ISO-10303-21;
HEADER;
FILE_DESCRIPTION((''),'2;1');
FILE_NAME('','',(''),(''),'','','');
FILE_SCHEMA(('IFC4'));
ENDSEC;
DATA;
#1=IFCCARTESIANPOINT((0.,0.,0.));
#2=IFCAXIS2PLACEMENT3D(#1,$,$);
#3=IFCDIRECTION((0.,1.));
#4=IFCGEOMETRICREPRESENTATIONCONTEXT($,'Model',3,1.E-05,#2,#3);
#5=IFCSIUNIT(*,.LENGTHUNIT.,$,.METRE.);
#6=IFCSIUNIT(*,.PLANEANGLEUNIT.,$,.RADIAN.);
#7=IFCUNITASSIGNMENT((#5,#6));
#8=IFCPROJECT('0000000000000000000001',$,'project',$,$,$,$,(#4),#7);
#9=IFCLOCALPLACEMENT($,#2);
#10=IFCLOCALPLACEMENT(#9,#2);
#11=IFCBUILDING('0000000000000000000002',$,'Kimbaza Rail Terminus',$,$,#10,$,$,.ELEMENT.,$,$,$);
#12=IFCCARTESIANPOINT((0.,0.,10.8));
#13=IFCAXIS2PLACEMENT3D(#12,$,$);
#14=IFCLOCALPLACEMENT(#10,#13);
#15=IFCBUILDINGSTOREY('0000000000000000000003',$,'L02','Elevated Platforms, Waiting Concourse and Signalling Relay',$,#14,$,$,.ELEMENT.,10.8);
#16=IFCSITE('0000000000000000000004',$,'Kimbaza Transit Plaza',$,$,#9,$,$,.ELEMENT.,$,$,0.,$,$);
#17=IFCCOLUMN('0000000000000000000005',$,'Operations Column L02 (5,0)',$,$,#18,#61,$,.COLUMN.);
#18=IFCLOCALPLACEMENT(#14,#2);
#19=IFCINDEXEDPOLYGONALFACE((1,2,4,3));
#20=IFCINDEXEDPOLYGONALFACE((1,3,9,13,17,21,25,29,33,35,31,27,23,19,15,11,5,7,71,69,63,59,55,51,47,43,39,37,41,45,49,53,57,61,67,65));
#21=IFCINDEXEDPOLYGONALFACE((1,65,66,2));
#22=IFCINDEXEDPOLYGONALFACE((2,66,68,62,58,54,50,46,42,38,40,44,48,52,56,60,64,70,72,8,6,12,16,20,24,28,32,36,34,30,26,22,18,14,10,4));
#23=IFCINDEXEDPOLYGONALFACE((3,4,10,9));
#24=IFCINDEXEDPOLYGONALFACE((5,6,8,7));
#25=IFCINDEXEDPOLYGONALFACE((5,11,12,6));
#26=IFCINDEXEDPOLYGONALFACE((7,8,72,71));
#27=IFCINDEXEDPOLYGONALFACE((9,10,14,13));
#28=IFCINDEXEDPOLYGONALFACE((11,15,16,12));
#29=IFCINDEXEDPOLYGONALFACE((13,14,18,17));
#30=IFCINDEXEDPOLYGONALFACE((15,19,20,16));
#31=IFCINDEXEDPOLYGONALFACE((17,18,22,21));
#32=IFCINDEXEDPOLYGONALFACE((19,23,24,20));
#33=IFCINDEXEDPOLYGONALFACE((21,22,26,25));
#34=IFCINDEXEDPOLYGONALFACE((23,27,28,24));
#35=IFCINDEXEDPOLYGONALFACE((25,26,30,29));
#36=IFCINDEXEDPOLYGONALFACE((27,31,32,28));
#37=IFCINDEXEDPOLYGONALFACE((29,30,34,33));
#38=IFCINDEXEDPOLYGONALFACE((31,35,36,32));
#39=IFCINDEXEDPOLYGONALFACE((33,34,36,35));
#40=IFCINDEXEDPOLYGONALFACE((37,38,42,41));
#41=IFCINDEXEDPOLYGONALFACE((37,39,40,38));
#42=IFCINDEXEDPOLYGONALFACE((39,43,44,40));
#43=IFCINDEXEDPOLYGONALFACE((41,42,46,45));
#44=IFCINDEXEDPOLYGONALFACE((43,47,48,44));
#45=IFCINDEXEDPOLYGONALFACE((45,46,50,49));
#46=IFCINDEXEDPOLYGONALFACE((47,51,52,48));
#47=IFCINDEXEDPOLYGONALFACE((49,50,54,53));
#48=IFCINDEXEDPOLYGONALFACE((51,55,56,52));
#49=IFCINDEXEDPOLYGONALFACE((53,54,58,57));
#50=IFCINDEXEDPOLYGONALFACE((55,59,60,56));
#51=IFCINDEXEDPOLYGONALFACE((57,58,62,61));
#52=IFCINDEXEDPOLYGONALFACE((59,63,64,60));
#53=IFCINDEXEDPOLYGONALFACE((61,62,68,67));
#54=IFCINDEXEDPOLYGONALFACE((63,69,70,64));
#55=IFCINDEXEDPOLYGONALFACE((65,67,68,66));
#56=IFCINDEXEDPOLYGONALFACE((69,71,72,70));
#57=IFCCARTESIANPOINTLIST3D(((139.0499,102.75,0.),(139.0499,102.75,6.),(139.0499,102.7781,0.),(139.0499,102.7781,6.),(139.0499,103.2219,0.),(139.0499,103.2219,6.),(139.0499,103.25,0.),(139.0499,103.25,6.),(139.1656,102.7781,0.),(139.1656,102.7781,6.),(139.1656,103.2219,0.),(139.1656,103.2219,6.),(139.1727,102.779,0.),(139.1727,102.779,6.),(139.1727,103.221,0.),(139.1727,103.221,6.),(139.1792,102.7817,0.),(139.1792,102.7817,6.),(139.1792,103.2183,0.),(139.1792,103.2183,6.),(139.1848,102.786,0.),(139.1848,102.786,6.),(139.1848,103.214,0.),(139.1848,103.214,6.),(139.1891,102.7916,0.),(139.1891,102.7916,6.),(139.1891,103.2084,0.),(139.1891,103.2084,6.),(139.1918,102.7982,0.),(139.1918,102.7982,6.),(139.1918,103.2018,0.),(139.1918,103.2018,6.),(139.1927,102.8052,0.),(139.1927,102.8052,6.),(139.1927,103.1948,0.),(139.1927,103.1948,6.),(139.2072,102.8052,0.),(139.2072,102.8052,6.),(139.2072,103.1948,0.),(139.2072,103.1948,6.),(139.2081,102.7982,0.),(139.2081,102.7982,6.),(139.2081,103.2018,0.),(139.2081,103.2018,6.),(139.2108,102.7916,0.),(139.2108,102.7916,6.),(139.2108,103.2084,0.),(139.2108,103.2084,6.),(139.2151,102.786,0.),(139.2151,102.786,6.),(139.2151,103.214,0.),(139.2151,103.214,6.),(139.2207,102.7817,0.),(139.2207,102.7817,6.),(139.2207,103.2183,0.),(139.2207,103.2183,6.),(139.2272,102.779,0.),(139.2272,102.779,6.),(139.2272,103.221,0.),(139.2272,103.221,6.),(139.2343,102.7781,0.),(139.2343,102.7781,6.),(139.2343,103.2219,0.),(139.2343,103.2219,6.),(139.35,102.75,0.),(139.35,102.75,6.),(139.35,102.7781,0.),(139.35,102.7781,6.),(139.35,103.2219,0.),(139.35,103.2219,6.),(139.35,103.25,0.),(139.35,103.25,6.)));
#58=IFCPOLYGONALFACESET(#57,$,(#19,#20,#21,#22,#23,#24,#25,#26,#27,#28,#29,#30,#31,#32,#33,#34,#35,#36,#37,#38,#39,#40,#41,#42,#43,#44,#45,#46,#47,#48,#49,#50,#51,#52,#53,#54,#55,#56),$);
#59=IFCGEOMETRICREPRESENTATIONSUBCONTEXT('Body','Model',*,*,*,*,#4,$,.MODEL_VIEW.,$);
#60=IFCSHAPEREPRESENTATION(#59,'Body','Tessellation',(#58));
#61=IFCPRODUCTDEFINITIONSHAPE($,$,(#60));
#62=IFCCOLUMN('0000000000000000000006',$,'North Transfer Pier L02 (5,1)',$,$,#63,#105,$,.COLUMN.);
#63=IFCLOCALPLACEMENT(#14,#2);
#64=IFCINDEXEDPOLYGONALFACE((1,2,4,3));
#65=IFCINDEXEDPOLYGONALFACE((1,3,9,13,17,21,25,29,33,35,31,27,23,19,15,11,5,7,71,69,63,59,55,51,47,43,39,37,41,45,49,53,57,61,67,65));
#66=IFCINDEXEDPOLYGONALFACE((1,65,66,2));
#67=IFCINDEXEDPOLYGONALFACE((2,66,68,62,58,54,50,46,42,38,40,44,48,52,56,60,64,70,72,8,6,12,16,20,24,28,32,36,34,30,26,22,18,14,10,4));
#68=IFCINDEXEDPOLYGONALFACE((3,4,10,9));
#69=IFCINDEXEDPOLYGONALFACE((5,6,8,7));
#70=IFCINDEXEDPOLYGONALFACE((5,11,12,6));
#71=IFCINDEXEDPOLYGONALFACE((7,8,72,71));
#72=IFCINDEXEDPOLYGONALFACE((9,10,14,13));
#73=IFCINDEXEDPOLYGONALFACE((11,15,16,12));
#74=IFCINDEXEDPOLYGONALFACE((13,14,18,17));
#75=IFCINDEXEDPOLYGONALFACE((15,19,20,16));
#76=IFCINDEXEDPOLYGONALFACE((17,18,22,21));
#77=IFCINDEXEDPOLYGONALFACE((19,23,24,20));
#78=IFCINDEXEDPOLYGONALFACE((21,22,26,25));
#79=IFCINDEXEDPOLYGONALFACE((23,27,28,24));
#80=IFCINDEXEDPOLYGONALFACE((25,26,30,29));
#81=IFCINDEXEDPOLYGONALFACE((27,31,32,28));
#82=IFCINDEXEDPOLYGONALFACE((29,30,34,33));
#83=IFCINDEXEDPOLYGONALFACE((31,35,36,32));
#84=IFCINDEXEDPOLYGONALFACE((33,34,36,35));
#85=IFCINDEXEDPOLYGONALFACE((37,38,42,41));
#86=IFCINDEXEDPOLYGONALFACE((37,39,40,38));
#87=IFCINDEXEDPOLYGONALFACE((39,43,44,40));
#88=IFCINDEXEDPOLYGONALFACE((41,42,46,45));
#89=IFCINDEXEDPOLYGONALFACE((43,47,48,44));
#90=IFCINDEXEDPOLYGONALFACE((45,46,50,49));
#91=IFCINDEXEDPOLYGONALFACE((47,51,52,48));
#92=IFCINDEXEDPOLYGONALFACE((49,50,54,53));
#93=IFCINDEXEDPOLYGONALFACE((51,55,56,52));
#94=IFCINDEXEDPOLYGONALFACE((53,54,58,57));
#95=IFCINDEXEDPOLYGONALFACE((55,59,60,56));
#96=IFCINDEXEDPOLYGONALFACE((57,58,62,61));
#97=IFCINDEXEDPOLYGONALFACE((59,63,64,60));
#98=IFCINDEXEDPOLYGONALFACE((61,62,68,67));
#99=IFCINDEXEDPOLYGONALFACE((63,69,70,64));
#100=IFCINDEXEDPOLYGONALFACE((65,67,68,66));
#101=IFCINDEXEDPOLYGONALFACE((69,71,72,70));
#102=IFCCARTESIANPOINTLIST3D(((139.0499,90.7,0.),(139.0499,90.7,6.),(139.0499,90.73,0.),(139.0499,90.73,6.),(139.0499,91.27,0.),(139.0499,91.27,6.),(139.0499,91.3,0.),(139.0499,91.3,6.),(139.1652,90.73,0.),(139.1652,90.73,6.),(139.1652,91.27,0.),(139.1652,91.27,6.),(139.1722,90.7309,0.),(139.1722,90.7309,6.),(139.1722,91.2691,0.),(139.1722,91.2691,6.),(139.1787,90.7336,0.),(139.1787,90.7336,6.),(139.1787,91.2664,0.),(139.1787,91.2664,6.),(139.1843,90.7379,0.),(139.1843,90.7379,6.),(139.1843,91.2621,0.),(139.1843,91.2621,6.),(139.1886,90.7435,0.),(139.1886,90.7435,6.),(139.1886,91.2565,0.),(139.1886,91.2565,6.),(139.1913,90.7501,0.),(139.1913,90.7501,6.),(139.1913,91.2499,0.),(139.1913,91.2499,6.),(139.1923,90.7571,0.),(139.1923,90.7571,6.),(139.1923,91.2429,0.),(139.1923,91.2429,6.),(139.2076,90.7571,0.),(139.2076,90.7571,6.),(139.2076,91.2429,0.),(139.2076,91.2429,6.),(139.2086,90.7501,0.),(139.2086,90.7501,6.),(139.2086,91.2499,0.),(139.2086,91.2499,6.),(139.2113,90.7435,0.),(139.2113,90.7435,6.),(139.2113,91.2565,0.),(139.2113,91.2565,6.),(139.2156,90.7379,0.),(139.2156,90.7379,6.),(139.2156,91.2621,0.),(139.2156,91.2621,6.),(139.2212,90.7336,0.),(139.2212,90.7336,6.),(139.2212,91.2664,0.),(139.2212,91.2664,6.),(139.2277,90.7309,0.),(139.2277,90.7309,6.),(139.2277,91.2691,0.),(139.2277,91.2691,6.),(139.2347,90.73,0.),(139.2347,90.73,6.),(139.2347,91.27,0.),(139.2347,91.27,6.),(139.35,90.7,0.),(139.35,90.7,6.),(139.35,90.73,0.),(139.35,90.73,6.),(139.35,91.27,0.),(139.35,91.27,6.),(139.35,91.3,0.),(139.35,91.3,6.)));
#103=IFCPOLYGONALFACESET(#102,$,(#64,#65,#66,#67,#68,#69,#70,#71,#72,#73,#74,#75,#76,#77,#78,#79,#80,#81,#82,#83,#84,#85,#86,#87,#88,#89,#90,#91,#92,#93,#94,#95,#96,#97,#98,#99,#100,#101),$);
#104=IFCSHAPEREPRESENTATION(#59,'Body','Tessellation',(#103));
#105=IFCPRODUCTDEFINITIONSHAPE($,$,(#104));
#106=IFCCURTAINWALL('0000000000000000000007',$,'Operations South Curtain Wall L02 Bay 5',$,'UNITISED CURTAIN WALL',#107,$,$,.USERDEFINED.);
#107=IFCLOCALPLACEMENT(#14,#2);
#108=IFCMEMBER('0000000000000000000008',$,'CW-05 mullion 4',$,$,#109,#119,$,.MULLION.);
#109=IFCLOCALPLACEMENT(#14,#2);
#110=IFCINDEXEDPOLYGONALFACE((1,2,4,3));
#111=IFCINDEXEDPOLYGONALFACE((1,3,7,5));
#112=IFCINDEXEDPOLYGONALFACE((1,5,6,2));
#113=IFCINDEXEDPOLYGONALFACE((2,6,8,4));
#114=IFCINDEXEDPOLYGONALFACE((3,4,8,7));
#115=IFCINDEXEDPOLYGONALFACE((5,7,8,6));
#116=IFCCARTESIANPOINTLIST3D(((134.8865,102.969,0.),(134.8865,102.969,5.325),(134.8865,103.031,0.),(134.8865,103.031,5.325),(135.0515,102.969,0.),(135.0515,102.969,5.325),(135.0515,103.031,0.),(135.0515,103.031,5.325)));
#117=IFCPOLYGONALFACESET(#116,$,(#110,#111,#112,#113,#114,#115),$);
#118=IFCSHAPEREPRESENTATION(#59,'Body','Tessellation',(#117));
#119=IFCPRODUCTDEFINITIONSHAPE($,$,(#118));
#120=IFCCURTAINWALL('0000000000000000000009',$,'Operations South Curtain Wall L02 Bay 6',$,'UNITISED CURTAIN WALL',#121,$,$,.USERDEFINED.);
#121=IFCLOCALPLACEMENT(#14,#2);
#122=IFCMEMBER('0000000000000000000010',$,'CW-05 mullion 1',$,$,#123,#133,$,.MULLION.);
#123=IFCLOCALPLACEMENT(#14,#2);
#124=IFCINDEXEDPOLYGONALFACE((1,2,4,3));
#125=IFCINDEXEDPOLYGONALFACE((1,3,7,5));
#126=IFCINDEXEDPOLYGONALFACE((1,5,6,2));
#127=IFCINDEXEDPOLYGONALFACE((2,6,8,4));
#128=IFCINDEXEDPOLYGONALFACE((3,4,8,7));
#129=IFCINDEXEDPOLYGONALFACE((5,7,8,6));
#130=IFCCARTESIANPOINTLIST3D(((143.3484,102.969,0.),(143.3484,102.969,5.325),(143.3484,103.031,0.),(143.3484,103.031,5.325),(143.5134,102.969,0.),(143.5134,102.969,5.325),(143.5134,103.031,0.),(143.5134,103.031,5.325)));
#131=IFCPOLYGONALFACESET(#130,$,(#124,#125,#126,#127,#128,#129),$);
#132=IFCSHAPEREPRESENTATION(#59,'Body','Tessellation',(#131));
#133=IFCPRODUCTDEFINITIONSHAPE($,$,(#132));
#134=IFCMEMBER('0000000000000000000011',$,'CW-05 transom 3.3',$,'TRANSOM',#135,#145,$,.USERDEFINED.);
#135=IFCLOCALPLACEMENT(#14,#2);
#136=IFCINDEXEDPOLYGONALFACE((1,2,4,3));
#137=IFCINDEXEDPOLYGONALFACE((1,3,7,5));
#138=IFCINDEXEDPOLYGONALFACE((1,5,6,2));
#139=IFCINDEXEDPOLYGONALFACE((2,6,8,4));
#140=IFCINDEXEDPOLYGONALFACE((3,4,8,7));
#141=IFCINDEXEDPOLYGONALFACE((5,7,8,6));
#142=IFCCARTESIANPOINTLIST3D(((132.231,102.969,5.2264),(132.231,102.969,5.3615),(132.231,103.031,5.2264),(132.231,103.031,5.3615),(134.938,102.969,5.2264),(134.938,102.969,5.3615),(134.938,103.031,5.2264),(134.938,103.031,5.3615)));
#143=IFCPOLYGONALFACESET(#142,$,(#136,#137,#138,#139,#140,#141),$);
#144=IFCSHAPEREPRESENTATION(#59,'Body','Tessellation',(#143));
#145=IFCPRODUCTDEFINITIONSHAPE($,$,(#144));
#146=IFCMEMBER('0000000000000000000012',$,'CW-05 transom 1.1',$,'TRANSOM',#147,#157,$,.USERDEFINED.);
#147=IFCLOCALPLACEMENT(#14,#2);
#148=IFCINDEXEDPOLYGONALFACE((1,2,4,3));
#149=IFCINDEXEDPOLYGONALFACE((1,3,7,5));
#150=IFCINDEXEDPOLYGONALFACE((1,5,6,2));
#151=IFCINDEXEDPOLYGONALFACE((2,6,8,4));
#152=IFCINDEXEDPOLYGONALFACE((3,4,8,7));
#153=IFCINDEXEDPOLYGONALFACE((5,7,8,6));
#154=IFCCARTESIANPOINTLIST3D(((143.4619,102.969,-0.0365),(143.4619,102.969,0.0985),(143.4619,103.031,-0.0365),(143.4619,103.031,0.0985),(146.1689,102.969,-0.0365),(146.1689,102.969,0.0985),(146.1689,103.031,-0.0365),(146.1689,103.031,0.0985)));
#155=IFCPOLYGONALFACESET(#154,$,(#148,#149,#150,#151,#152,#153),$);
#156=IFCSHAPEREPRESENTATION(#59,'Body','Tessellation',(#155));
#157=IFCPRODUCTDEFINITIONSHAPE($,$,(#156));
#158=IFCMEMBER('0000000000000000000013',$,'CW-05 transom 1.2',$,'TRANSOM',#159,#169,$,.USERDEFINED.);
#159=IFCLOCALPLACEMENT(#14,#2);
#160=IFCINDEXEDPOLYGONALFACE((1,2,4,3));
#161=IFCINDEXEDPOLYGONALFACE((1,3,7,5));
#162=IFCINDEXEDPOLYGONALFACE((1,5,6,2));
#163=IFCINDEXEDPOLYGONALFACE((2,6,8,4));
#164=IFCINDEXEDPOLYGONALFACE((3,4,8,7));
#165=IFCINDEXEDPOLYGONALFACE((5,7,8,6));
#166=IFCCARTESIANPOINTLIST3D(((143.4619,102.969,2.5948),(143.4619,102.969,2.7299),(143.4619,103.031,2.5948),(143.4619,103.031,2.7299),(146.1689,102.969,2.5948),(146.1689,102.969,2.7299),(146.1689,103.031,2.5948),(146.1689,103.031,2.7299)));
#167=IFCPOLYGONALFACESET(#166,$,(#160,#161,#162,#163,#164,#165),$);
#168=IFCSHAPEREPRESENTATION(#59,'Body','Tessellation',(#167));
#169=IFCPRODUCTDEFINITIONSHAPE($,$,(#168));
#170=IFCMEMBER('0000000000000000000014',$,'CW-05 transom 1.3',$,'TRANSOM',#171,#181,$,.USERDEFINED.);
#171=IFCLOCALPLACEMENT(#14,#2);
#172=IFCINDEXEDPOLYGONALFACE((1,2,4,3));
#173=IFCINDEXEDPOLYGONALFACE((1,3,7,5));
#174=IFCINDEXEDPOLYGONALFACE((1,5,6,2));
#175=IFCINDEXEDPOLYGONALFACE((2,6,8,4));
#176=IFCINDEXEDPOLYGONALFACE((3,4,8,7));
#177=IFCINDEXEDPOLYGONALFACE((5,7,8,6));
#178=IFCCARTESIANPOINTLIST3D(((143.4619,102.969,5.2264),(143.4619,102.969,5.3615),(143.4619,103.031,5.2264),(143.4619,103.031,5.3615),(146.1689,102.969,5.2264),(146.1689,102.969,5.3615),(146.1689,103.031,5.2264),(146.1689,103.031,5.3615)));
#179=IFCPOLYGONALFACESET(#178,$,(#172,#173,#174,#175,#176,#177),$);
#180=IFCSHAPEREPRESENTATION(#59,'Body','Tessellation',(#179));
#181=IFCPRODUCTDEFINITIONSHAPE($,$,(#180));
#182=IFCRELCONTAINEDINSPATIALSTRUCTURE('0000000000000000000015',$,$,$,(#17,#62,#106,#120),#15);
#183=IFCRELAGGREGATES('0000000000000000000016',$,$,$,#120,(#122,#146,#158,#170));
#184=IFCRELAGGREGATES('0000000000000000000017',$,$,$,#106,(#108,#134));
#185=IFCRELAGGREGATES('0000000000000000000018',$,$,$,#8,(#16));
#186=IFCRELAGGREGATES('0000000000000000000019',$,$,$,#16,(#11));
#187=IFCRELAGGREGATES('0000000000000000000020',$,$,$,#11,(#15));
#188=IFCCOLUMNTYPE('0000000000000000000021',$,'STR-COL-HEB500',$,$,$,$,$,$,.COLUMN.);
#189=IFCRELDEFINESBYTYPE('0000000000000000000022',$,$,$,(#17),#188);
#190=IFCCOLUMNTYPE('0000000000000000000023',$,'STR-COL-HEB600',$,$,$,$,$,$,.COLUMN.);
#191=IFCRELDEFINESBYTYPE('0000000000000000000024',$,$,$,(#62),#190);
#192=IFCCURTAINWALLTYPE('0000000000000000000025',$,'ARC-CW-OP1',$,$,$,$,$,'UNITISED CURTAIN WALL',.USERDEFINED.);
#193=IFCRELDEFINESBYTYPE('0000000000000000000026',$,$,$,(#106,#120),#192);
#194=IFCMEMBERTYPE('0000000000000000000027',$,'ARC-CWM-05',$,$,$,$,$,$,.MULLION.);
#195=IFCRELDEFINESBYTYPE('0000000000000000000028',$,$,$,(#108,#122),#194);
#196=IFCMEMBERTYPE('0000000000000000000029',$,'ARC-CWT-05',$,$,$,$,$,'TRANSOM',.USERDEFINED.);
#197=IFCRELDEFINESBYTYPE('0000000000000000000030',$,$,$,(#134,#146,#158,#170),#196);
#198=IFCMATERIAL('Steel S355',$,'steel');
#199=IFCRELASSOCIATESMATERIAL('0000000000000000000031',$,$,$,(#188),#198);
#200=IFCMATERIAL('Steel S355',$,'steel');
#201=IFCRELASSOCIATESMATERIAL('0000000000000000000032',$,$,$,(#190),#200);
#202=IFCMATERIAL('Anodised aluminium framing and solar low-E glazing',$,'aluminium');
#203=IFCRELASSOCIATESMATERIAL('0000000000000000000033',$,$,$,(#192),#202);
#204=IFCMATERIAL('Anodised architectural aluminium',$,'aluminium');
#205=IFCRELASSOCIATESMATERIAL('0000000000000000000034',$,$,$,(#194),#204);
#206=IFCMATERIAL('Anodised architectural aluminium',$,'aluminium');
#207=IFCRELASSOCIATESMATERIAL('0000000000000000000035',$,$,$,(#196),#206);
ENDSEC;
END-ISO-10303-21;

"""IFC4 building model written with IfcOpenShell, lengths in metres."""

from ifc_helpers import new_model, si_unit, direction, frame, origin, origin_2d, place, context, subcontext, project, spatial, rectangle, i_section, extrude, material, material_profile, profile_set, type_object, element, aggregate, save


model = new_model("IFC4")

# Units and contexts
model_context = context("Model", 3, precision=1e-05, world=origin(), true_north=direction((0.0, 1.0)))
body_context = subcontext(model_context, "Body", "Model", "MODEL_VIEW")
ifc_project = project(units=[si_unit("LENGTHUNIT", "METRE"), si_unit("PLANEANGLEUNIT", "RADIAN")], contexts=[model_context])

# Site, building, storey
site_placement = place(None, origin())
site = spatial("IfcSite", under=ifc_project, at=site_placement, Name="Kimbaza Transit Plaza", CompositionType="ELEMENT", RefElevation=0.0)
building_placement = place(site_placement, origin())
building = spatial("IfcBuilding", under=site, at=building_placement, Name="Kimbaza Rail Terminus", CompositionType="ELEMENT")
storey_placement = place(building_placement, frame((0.0, 0.0, 10.8)))
storey = spatial("IfcBuildingStorey", under=building, at=storey_placement, Name="L02", Description="Elevated Platforms, Waiting Concourse and Signalling Relay", CompositionType="ELEMENT", Elevation=10.8)

# Columns
ifc_material_1 = material(Name="Steel S355", Category="steel")
ifc_material_profile_1 = material_profile(ifc_material_1, i_section(OverallWidth=0.3, OverallDepth=0.5, WebThickness=0.0144, FlangeThickness=0.0281, FilletRadius=0.0271, at=origin_2d()), Name="HEB 500")
ifc_profile_set_1 = profile_set([ifc_material_profile_1], Name="Steel S355")
column_type_1 = type_object("IfcColumnType", Name="STR-COL-HEB500", PredefinedType="COLUMN", material=ifc_profile_set_1)
column_1_placement = place(storey_placement, frame((139.2, 103.0, 0.0), z_axis=(0.0, 0.0, 1.0), x_axis=(1.0, 0.0, 0.0)))
element("IfcColumn", 1, at=column_1_placement, inside=storey, type_object=column_type_1, Name="Operations Column L02 (5,0)", PredefinedType="COLUMN", context=body_context, shape_type="SweptSolid", body=[
    extrude(i_section(OverallWidth=0.3, OverallDepth=0.5, WebThickness=0.0144, FlangeThickness=0.0281, FilletRadius=0.0271, at=origin_2d()), origin(), (0.0, 0.0, 1.0), 6.0),
])
ifc_material_2 = material(Name="Steel S355", Category="steel")
ifc_material_profile_2 = material_profile(ifc_material_2, i_section(OverallWidth=0.3, OverallDepth=0.6001, WebThickness=0.0154, FlangeThickness=0.03, FilletRadius=0.0271, at=origin_2d()), Name="HEB 600")
ifc_profile_set_2 = profile_set([ifc_material_profile_2], Name="Steel S355")
column_type_2 = type_object("IfcColumnType", Name="STR-COL-HEB600", PredefinedType="COLUMN", material=ifc_profile_set_2)
column_2_placement = place(storey_placement, frame((139.2, 91.0, 0.0), z_axis=(0.0, 0.0, 1.0), x_axis=(1.0, 0.0, 0.0)))
element("IfcColumn", 2, at=column_2_placement, inside=storey, type_object=column_type_2, Name="North Transfer Pier L02 (5,1)", PredefinedType="COLUMN", context=body_context, shape_type="SweptSolid", body=[
    extrude(i_section(OverallWidth=0.3, OverallDepth=0.6001, WebThickness=0.0154, FlangeThickness=0.03, FilletRadius=0.0271, at=origin_2d()), origin(), (0.0, 0.0, 1.0), 6.0),
])

# Curtain walls, members
ifc_material_3 = material(Name="Anodised aluminium framing and solar low-E glazing", Category="aluminium")
curtain_wall_type = type_object("IfcCurtainWallType", Name="ARC-CW-OP1", ElementType="UNITISED CURTAIN WALL", PredefinedType="USERDEFINED", material=ifc_material_3)
curtain_wall_1_placement = place(storey_placement, origin())
curtain_wall_1 = element("IfcCurtainWall", 3, at=curtain_wall_1_placement, inside=storey, type_object=curtain_wall_type, Name="Operations South Curtain Wall L02 Bay 5", ObjectType="UNITISED CURTAIN WALL", PredefinedType="USERDEFINED")
ifc_material_4 = material(Name="Anodised architectural aluminium", Category="aluminium")
ifc_material_profile_3 = material_profile(ifc_material_4, rectangle(XDim=0.062, YDim=0.165, at=origin_2d()), Name="MULLION 62x165")
ifc_profile_set_3 = profile_set([ifc_material_profile_3], Name="Anodised architectural aluminium")
member_type_1 = type_object("IfcMemberType", Name="ARC-CWM-05", PredefinedType="MULLION", material=ifc_profile_set_3)
member_1_placement = place(storey_placement, frame((134.969, 103.0, 0.0), z_axis=(0.0, 0.0, 1.0), x_axis=(0.0, 1.0, 0.0)))
member_1 = element("IfcMember", 4, at=member_1_placement, type_object=member_type_1, Name="CW-05 mullion 4", PredefinedType="MULLION", context=body_context, shape_type="SweptSolid", body=[
    extrude(rectangle(XDim=0.062, YDim=0.165, at=origin_2d()), origin(), (0.0, 0.0, 1.0), 5.325),
])
curtain_wall_2_placement = place(storey_placement, origin())
curtain_wall_2 = element("IfcCurtainWall", 5, at=curtain_wall_2_placement, inside=storey, type_object=curtain_wall_type, Name="Operations South Curtain Wall L02 Bay 6", ObjectType="UNITISED CURTAIN WALL", PredefinedType="USERDEFINED")
member_2_placement = place(storey_placement, frame((143.4309, 103.0, 0.0), z_axis=(0.0, 0.0, 1.0), x_axis=(0.0, 1.0, 0.0)))
member_2 = element("IfcMember", 6, at=member_2_placement, type_object=member_type_1, Name="CW-05 mullion 1", PredefinedType="MULLION", context=body_context, shape_type="SweptSolid", body=[
    extrude(rectangle(XDim=0.062, YDim=0.165, at=origin_2d()), origin(), (0.0, 0.0, 1.0), 5.325),
])

# Members
ifc_material_5 = material(Name="Anodised architectural aluminium", Category="aluminium")
ifc_material_profile_4 = material_profile(ifc_material_5, rectangle(XDim=0.062, YDim=0.135, at=origin_2d()), Name="TRANSOM 62x135")
ifc_profile_set_4 = profile_set([ifc_material_profile_4], Name="Anodised architectural aluminium")
member_type_2 = type_object("IfcMemberType", Name="ARC-CWT-05", ElementType="TRANSOM", PredefinedType="USERDEFINED", material=ifc_profile_set_4)
member_3_placement = place(storey_placement, frame((132.231, 103.0, 5.2939), z_axis=(1.0, 0.0, 0.0), x_axis=(0.0, 1.0, 0.0)))
member_3 = element("IfcMember", 7, at=member_3_placement, type_object=member_type_2, Name="CW-05 transom 3.3", ObjectType="TRANSOM", PredefinedType="USERDEFINED", context=body_context, shape_type="SweptSolid", body=[
    extrude(rectangle(XDim=0.062, YDim=0.135, at=origin_2d()), origin(), (0.0, 0.0, 1.0), 2.707),
])
member_4_placement = place(storey_placement, frame((143.4619, 103.0, 0.031), z_axis=(1.0, 0.0, 0.0), x_axis=(0.0, 1.0, 0.0)))
member_4 = element("IfcMember", 8, at=member_4_placement, type_object=member_type_2, Name="CW-05 transom 1.1", ObjectType="TRANSOM", PredefinedType="USERDEFINED", context=body_context, shape_type="SweptSolid", body=[
    extrude(rectangle(XDim=0.062, YDim=0.135, at=origin_2d()), origin(), (0.0, 0.0, 1.0), 2.707),
])
member_5_placement = place(storey_placement, frame((143.4619, 103.0, 2.6624), z_axis=(1.0, 0.0, 0.0), x_axis=(0.0, 1.0, 0.0)))
member_5 = element("IfcMember", 9, at=member_5_placement, type_object=member_type_2, Name="CW-05 transom 1.2", ObjectType="TRANSOM", PredefinedType="USERDEFINED", context=body_context, shape_type="SweptSolid", body=[
    extrude(rectangle(XDim=0.062, YDim=0.135, at=origin_2d()), origin(), (0.0, 0.0, 1.0), 2.707),
])
member_6_placement = place(storey_placement, frame((143.4619, 103.0, 5.2939), z_axis=(1.0, 0.0, 0.0), x_axis=(0.0, 1.0, 0.0)))
member_6 = element("IfcMember", 10, at=member_6_placement, type_object=member_type_2, Name="CW-05 transom 1.3", ObjectType="TRANSOM", PredefinedType="USERDEFINED", context=body_context, shape_type="SweptSolid", body=[
    extrude(rectangle(XDim=0.062, YDim=0.135, at=origin_2d()), origin(), (0.0, 0.0, 1.0), 2.707),
])
aggregate(curtain_wall_2, [member_2, member_4, member_5, member_6])

aggregate(curtain_wall_1, [member_1, member_3])

save(model, "model.ifc")
